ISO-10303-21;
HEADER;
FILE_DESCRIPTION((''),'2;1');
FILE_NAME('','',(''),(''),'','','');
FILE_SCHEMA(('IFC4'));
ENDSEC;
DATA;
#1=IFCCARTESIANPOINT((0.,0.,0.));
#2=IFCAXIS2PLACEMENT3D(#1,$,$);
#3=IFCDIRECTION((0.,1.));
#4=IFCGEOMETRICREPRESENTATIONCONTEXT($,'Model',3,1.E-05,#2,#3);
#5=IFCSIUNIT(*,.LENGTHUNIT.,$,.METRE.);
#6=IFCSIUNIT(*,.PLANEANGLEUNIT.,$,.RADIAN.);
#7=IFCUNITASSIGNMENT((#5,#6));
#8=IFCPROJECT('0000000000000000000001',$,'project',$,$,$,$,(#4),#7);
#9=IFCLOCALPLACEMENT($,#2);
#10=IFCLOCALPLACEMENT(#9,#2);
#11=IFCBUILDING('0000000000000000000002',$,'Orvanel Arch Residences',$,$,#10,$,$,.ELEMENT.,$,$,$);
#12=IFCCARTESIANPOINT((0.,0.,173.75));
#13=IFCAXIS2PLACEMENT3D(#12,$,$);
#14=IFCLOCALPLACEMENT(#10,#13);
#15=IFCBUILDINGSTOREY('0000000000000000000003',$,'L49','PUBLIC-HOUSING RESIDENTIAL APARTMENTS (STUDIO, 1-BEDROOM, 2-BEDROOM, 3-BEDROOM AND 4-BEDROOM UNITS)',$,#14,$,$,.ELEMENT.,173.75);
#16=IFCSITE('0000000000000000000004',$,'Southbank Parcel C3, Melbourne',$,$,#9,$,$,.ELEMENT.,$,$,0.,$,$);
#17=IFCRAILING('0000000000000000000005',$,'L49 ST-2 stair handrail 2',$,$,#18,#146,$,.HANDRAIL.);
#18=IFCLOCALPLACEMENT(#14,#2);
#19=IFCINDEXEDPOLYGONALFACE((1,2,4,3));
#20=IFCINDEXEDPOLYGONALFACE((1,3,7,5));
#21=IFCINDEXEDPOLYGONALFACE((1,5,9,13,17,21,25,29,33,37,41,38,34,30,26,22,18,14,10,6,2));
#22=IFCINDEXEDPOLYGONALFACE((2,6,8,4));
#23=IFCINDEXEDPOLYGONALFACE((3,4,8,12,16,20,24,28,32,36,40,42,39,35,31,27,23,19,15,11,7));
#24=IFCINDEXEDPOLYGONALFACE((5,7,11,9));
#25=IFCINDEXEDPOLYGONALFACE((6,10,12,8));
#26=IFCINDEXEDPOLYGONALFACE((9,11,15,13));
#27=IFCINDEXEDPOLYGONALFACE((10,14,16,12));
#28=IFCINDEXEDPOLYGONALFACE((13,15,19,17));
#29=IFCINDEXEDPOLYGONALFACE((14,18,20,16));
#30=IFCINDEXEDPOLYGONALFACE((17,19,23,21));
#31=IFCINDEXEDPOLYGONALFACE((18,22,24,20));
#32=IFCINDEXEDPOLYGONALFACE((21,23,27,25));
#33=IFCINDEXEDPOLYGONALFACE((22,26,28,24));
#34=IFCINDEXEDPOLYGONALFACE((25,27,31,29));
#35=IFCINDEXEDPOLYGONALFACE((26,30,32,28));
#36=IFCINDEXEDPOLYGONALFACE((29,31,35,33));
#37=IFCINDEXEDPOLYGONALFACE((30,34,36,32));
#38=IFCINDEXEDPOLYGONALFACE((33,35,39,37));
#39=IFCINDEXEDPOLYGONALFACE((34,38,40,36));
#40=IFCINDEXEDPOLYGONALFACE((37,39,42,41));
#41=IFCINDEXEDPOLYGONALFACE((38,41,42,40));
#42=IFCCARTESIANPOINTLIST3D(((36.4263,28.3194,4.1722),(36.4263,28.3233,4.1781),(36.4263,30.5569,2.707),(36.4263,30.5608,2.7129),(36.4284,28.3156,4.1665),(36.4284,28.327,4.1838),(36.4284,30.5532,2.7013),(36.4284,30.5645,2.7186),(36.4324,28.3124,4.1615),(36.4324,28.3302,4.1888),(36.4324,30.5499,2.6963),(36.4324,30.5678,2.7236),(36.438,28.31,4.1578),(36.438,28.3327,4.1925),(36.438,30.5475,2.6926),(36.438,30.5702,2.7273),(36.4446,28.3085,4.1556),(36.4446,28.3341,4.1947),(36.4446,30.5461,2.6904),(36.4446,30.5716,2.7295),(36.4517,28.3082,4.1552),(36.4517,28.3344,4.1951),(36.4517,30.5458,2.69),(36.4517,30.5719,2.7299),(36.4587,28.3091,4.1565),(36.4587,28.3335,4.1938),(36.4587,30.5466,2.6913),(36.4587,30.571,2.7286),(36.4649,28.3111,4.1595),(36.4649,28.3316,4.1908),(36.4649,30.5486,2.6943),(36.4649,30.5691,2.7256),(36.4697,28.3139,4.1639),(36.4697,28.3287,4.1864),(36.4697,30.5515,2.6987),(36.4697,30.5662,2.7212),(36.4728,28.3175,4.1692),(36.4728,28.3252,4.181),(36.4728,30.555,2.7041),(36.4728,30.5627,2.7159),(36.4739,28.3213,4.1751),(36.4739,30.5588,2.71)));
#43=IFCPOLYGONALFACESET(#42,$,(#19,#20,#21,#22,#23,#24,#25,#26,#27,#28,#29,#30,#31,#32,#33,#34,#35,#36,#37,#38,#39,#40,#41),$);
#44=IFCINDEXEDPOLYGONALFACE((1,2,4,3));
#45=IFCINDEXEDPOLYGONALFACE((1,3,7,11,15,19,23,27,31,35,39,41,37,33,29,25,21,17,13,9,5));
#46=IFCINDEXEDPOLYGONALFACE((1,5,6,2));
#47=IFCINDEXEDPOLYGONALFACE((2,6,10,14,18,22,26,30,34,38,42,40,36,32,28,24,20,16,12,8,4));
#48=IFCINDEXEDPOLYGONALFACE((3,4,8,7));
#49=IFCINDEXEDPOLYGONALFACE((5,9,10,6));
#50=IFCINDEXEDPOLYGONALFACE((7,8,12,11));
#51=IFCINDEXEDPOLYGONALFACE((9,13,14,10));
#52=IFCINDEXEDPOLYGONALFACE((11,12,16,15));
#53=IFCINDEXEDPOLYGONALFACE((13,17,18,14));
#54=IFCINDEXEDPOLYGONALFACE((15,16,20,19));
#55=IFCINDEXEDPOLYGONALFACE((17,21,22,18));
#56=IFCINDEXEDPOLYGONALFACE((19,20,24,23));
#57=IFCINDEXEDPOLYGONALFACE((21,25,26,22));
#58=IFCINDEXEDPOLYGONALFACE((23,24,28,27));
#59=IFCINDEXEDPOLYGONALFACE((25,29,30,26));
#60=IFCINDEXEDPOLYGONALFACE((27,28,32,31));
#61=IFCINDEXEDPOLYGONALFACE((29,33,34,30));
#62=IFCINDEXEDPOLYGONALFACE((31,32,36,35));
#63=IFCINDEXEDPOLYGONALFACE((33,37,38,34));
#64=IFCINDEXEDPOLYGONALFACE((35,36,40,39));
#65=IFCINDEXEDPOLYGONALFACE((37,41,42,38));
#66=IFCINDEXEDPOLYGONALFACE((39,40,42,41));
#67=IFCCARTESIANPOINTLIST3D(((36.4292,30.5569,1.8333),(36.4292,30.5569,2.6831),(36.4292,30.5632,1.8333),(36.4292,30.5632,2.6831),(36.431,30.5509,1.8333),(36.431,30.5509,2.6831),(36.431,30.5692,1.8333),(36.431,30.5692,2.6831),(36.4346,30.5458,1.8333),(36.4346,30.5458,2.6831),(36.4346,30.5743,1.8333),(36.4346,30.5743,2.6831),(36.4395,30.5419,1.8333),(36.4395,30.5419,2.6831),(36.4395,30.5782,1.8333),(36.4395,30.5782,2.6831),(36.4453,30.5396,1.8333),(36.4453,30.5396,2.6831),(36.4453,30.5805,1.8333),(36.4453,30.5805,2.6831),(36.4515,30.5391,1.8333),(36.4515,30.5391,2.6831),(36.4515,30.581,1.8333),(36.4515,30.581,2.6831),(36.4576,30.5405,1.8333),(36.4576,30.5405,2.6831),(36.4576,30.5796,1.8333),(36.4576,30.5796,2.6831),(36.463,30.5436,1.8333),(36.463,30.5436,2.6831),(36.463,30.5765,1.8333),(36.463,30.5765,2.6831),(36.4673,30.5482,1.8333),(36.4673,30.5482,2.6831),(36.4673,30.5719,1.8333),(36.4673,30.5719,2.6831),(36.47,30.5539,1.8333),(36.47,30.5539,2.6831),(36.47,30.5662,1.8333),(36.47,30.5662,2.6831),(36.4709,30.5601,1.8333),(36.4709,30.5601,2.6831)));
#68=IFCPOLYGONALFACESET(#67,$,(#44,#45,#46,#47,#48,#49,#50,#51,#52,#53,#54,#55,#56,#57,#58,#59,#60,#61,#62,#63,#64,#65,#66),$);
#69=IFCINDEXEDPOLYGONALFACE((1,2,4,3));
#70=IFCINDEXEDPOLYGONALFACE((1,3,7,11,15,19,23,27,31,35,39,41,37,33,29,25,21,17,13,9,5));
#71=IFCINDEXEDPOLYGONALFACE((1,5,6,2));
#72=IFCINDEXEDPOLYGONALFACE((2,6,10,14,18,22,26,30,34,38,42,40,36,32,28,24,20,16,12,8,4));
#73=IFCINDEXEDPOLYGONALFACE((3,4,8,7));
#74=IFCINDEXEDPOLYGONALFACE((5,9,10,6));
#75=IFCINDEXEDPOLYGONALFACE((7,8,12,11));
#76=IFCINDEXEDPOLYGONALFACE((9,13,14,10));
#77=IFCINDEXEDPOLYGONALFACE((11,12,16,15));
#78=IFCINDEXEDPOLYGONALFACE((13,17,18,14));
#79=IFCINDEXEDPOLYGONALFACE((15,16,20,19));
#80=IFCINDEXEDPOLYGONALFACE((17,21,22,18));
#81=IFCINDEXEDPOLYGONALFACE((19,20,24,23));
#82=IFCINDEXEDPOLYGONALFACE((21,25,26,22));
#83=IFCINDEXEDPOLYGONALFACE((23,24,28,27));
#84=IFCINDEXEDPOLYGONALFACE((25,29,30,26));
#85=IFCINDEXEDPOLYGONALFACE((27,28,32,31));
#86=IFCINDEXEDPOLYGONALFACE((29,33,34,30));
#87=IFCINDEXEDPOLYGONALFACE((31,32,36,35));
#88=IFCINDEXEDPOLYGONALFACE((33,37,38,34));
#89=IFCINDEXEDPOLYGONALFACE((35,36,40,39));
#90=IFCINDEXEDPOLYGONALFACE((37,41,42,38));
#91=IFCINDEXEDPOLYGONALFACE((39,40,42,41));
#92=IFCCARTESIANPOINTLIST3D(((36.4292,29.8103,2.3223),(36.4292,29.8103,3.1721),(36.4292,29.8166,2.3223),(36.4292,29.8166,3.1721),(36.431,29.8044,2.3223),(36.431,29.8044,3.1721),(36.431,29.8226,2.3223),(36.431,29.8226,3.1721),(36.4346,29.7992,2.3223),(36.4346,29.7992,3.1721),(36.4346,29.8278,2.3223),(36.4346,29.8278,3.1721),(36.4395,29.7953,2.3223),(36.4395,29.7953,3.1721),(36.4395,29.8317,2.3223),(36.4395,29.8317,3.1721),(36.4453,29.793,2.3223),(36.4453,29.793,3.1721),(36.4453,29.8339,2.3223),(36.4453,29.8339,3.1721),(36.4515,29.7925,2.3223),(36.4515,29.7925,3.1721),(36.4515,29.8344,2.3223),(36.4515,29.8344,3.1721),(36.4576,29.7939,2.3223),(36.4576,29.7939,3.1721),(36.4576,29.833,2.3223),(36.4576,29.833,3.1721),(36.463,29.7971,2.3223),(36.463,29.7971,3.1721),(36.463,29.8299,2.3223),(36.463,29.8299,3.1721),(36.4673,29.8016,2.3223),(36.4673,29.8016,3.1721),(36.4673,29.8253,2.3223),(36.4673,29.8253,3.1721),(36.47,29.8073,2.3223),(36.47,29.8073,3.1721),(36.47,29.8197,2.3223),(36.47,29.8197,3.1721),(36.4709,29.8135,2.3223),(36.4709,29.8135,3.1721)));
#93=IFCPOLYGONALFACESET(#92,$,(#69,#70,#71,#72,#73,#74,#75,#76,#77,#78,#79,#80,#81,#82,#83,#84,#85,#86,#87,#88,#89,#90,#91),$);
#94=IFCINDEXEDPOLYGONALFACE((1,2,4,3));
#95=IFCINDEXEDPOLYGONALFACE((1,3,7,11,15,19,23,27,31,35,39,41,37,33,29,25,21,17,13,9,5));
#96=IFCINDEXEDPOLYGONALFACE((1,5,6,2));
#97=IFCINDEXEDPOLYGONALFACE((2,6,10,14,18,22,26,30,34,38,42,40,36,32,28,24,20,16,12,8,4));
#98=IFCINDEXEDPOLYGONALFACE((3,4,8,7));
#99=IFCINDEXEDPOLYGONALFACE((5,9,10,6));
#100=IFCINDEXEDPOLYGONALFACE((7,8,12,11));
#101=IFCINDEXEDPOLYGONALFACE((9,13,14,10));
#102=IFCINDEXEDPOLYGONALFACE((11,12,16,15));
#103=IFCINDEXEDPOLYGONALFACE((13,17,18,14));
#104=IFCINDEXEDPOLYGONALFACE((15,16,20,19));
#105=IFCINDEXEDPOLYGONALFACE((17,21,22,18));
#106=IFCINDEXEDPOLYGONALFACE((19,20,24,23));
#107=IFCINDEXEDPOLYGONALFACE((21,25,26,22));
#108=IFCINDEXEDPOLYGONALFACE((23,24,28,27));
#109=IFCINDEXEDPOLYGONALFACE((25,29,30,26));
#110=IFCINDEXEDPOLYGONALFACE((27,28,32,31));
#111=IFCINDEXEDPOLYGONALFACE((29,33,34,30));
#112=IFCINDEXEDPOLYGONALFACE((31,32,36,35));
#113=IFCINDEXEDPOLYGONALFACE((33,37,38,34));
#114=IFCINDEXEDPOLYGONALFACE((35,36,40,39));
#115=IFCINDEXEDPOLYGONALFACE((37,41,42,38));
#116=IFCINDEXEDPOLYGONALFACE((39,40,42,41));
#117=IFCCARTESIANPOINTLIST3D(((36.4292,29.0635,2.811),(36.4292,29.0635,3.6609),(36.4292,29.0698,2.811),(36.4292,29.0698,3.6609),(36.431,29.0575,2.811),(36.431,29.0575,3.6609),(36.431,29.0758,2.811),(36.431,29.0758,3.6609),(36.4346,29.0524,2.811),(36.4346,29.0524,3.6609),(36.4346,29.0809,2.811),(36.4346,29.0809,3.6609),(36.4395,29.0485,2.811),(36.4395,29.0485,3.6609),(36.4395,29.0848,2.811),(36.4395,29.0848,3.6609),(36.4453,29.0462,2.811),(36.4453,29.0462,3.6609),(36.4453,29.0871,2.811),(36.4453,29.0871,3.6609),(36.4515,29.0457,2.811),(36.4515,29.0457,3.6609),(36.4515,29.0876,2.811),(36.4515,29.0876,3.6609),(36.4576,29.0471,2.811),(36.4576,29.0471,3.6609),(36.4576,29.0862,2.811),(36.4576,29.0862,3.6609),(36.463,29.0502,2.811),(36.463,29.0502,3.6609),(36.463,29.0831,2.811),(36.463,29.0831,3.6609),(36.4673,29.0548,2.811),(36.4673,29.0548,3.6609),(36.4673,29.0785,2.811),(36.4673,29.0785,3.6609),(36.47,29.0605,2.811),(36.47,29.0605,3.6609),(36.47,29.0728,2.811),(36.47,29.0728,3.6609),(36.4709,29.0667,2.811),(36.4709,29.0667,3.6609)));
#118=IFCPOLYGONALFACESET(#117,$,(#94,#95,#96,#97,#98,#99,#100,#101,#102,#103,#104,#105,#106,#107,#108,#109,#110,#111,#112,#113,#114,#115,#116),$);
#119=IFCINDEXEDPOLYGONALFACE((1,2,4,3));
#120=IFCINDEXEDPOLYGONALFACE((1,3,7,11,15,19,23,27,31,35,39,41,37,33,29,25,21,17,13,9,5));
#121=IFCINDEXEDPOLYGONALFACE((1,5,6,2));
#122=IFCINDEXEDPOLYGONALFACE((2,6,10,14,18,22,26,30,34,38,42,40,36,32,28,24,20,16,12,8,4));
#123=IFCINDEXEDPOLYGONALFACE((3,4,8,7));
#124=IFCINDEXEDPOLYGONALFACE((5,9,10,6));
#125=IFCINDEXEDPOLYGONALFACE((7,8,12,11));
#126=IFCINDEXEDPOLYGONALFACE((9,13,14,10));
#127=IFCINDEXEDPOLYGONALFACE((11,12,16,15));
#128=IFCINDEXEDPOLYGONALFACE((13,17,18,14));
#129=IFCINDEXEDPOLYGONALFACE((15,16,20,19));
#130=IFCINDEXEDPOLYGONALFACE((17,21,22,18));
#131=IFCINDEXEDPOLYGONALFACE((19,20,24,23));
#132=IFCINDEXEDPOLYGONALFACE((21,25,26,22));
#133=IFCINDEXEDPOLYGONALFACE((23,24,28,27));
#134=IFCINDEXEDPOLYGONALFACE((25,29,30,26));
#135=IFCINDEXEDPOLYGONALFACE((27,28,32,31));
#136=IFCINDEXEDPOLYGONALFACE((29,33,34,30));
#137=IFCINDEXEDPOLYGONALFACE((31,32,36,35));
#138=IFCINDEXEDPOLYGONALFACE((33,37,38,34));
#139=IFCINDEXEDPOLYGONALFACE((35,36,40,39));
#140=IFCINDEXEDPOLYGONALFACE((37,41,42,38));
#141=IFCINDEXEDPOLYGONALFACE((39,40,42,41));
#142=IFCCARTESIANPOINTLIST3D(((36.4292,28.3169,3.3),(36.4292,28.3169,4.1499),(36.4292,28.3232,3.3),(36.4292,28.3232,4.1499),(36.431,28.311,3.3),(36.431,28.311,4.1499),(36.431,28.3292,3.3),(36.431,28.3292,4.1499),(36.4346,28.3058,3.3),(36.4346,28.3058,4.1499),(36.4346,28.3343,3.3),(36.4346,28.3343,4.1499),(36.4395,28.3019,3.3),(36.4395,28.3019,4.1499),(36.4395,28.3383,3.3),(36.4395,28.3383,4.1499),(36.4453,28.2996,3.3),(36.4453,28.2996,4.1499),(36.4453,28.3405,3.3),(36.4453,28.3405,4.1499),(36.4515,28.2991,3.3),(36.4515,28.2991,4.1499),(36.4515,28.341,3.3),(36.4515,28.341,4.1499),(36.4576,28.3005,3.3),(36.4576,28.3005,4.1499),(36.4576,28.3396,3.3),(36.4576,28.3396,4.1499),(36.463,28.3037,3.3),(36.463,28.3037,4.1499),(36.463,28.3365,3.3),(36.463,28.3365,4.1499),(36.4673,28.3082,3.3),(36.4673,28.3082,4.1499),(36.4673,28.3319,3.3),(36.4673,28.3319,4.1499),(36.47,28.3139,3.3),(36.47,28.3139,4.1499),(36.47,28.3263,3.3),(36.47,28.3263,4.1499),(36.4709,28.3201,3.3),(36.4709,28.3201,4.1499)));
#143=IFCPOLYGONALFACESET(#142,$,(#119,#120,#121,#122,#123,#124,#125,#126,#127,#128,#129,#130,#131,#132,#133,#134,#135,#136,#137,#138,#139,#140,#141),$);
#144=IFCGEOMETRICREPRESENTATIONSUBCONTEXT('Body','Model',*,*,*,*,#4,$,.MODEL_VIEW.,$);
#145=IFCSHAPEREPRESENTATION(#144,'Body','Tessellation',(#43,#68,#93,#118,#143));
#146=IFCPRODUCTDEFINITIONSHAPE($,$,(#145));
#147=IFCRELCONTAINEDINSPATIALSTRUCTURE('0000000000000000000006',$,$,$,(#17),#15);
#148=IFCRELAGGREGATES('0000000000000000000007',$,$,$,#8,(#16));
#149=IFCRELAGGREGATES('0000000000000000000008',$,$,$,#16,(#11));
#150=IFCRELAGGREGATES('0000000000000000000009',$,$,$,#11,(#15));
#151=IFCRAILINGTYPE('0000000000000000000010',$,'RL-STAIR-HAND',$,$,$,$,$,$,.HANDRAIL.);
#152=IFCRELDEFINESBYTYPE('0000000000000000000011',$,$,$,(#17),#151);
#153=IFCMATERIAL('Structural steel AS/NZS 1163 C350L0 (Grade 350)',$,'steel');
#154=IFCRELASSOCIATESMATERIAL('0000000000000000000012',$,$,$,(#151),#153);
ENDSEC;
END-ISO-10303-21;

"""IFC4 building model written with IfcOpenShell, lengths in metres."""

from ifc_helpers import new_model, si_unit, direction, frame, origin, origin_2d, place, context, subcontext, project, spatial, circle, extrude, material, type_object, element, save


model = new_model("IFC4")

# Units and contexts
model_context = context("Model", 3, precision=1e-05, world=origin(), true_north=direction((0.0, 1.0)))
body_context = subcontext(model_context, "Body", "Model", "MODEL_VIEW")
ifc_project = project(units=[si_unit("LENGTHUNIT", "METRE"), si_unit("PLANEANGLEUNIT", "RADIAN")], contexts=[model_context])

# Site, building, storey
site_placement = place(None, origin())
site = spatial("IfcSite", under=ifc_project, at=site_placement, Name="Southbank Parcel C3, Melbourne", CompositionType="ELEMENT", RefElevation=0.0)
building_placement = place(site_placement, origin())
building = spatial("IfcBuilding", under=site, at=building_placement, Name="Orvanel Arch Residences", CompositionType="ELEMENT")
storey_placement = place(building_placement, frame((0.0, 0.0, 173.75)))
storey = spatial("IfcBuildingStorey", under=building, at=storey_placement, Name="L49", Description="PUBLIC-HOUSING RESIDENTIAL APARTMENTS (STUDIO, 1-BEDROOM, 2-BEDROOM, 3-BEDROOM AND 4-BEDROOM UNITS)", CompositionType="ELEMENT", Elevation=173.75)

# Railing
ifc_material_1 = material(Name="Structural steel AS/NZS 1163 C350L0 (Grade 350)", Category="steel")
railing_type_1 = type_object("IfcRailingType", Name="RL-STAIR-HAND", PredefinedType="HANDRAIL", material=ifc_material_1)
railing_1_placement = place(storey_placement, frame((36.45, 30.5601, 1.8333)))
element("IfcRailing", 1, at=railing_1_placement, inside=storey, type_object=railing_type_1, Name="L49 ST-2 stair handrail 2", PredefinedType="HANDRAIL", context=body_context, shape_type="SweptSolid", body=[
    extrude(circle(Radius=0.0239, at=origin_2d()), frame((0.0, -0.0012, 0.8767), z_axis=(0.0, -0.836595, 0.547822), x_axis=(1.0, 0.0, 0.0)), (0.0, 0.0, 1.0), 2.6746),
    extrude(circle(Radius=0.021, at=origin_2d()), origin(), (0.0, 0.0, 1.0), 0.8499),
    extrude(circle(Radius=0.021, at=origin_2d()), frame((0.0, -0.7466, 0.489)), (0.0, 0.0, 1.0), 0.8499),
    extrude(circle(Radius=0.021, at=origin_2d()), frame((0.0, -1.4934, 0.9778)), (0.0, 0.0, 1.0), 0.8499),
    extrude(circle(Radius=0.021, at=origin_2d()), frame((0.0, -2.24, 1.4668)), (0.0, 0.0, 1.0), 0.8499),
])

save(model, "model.ifc")
